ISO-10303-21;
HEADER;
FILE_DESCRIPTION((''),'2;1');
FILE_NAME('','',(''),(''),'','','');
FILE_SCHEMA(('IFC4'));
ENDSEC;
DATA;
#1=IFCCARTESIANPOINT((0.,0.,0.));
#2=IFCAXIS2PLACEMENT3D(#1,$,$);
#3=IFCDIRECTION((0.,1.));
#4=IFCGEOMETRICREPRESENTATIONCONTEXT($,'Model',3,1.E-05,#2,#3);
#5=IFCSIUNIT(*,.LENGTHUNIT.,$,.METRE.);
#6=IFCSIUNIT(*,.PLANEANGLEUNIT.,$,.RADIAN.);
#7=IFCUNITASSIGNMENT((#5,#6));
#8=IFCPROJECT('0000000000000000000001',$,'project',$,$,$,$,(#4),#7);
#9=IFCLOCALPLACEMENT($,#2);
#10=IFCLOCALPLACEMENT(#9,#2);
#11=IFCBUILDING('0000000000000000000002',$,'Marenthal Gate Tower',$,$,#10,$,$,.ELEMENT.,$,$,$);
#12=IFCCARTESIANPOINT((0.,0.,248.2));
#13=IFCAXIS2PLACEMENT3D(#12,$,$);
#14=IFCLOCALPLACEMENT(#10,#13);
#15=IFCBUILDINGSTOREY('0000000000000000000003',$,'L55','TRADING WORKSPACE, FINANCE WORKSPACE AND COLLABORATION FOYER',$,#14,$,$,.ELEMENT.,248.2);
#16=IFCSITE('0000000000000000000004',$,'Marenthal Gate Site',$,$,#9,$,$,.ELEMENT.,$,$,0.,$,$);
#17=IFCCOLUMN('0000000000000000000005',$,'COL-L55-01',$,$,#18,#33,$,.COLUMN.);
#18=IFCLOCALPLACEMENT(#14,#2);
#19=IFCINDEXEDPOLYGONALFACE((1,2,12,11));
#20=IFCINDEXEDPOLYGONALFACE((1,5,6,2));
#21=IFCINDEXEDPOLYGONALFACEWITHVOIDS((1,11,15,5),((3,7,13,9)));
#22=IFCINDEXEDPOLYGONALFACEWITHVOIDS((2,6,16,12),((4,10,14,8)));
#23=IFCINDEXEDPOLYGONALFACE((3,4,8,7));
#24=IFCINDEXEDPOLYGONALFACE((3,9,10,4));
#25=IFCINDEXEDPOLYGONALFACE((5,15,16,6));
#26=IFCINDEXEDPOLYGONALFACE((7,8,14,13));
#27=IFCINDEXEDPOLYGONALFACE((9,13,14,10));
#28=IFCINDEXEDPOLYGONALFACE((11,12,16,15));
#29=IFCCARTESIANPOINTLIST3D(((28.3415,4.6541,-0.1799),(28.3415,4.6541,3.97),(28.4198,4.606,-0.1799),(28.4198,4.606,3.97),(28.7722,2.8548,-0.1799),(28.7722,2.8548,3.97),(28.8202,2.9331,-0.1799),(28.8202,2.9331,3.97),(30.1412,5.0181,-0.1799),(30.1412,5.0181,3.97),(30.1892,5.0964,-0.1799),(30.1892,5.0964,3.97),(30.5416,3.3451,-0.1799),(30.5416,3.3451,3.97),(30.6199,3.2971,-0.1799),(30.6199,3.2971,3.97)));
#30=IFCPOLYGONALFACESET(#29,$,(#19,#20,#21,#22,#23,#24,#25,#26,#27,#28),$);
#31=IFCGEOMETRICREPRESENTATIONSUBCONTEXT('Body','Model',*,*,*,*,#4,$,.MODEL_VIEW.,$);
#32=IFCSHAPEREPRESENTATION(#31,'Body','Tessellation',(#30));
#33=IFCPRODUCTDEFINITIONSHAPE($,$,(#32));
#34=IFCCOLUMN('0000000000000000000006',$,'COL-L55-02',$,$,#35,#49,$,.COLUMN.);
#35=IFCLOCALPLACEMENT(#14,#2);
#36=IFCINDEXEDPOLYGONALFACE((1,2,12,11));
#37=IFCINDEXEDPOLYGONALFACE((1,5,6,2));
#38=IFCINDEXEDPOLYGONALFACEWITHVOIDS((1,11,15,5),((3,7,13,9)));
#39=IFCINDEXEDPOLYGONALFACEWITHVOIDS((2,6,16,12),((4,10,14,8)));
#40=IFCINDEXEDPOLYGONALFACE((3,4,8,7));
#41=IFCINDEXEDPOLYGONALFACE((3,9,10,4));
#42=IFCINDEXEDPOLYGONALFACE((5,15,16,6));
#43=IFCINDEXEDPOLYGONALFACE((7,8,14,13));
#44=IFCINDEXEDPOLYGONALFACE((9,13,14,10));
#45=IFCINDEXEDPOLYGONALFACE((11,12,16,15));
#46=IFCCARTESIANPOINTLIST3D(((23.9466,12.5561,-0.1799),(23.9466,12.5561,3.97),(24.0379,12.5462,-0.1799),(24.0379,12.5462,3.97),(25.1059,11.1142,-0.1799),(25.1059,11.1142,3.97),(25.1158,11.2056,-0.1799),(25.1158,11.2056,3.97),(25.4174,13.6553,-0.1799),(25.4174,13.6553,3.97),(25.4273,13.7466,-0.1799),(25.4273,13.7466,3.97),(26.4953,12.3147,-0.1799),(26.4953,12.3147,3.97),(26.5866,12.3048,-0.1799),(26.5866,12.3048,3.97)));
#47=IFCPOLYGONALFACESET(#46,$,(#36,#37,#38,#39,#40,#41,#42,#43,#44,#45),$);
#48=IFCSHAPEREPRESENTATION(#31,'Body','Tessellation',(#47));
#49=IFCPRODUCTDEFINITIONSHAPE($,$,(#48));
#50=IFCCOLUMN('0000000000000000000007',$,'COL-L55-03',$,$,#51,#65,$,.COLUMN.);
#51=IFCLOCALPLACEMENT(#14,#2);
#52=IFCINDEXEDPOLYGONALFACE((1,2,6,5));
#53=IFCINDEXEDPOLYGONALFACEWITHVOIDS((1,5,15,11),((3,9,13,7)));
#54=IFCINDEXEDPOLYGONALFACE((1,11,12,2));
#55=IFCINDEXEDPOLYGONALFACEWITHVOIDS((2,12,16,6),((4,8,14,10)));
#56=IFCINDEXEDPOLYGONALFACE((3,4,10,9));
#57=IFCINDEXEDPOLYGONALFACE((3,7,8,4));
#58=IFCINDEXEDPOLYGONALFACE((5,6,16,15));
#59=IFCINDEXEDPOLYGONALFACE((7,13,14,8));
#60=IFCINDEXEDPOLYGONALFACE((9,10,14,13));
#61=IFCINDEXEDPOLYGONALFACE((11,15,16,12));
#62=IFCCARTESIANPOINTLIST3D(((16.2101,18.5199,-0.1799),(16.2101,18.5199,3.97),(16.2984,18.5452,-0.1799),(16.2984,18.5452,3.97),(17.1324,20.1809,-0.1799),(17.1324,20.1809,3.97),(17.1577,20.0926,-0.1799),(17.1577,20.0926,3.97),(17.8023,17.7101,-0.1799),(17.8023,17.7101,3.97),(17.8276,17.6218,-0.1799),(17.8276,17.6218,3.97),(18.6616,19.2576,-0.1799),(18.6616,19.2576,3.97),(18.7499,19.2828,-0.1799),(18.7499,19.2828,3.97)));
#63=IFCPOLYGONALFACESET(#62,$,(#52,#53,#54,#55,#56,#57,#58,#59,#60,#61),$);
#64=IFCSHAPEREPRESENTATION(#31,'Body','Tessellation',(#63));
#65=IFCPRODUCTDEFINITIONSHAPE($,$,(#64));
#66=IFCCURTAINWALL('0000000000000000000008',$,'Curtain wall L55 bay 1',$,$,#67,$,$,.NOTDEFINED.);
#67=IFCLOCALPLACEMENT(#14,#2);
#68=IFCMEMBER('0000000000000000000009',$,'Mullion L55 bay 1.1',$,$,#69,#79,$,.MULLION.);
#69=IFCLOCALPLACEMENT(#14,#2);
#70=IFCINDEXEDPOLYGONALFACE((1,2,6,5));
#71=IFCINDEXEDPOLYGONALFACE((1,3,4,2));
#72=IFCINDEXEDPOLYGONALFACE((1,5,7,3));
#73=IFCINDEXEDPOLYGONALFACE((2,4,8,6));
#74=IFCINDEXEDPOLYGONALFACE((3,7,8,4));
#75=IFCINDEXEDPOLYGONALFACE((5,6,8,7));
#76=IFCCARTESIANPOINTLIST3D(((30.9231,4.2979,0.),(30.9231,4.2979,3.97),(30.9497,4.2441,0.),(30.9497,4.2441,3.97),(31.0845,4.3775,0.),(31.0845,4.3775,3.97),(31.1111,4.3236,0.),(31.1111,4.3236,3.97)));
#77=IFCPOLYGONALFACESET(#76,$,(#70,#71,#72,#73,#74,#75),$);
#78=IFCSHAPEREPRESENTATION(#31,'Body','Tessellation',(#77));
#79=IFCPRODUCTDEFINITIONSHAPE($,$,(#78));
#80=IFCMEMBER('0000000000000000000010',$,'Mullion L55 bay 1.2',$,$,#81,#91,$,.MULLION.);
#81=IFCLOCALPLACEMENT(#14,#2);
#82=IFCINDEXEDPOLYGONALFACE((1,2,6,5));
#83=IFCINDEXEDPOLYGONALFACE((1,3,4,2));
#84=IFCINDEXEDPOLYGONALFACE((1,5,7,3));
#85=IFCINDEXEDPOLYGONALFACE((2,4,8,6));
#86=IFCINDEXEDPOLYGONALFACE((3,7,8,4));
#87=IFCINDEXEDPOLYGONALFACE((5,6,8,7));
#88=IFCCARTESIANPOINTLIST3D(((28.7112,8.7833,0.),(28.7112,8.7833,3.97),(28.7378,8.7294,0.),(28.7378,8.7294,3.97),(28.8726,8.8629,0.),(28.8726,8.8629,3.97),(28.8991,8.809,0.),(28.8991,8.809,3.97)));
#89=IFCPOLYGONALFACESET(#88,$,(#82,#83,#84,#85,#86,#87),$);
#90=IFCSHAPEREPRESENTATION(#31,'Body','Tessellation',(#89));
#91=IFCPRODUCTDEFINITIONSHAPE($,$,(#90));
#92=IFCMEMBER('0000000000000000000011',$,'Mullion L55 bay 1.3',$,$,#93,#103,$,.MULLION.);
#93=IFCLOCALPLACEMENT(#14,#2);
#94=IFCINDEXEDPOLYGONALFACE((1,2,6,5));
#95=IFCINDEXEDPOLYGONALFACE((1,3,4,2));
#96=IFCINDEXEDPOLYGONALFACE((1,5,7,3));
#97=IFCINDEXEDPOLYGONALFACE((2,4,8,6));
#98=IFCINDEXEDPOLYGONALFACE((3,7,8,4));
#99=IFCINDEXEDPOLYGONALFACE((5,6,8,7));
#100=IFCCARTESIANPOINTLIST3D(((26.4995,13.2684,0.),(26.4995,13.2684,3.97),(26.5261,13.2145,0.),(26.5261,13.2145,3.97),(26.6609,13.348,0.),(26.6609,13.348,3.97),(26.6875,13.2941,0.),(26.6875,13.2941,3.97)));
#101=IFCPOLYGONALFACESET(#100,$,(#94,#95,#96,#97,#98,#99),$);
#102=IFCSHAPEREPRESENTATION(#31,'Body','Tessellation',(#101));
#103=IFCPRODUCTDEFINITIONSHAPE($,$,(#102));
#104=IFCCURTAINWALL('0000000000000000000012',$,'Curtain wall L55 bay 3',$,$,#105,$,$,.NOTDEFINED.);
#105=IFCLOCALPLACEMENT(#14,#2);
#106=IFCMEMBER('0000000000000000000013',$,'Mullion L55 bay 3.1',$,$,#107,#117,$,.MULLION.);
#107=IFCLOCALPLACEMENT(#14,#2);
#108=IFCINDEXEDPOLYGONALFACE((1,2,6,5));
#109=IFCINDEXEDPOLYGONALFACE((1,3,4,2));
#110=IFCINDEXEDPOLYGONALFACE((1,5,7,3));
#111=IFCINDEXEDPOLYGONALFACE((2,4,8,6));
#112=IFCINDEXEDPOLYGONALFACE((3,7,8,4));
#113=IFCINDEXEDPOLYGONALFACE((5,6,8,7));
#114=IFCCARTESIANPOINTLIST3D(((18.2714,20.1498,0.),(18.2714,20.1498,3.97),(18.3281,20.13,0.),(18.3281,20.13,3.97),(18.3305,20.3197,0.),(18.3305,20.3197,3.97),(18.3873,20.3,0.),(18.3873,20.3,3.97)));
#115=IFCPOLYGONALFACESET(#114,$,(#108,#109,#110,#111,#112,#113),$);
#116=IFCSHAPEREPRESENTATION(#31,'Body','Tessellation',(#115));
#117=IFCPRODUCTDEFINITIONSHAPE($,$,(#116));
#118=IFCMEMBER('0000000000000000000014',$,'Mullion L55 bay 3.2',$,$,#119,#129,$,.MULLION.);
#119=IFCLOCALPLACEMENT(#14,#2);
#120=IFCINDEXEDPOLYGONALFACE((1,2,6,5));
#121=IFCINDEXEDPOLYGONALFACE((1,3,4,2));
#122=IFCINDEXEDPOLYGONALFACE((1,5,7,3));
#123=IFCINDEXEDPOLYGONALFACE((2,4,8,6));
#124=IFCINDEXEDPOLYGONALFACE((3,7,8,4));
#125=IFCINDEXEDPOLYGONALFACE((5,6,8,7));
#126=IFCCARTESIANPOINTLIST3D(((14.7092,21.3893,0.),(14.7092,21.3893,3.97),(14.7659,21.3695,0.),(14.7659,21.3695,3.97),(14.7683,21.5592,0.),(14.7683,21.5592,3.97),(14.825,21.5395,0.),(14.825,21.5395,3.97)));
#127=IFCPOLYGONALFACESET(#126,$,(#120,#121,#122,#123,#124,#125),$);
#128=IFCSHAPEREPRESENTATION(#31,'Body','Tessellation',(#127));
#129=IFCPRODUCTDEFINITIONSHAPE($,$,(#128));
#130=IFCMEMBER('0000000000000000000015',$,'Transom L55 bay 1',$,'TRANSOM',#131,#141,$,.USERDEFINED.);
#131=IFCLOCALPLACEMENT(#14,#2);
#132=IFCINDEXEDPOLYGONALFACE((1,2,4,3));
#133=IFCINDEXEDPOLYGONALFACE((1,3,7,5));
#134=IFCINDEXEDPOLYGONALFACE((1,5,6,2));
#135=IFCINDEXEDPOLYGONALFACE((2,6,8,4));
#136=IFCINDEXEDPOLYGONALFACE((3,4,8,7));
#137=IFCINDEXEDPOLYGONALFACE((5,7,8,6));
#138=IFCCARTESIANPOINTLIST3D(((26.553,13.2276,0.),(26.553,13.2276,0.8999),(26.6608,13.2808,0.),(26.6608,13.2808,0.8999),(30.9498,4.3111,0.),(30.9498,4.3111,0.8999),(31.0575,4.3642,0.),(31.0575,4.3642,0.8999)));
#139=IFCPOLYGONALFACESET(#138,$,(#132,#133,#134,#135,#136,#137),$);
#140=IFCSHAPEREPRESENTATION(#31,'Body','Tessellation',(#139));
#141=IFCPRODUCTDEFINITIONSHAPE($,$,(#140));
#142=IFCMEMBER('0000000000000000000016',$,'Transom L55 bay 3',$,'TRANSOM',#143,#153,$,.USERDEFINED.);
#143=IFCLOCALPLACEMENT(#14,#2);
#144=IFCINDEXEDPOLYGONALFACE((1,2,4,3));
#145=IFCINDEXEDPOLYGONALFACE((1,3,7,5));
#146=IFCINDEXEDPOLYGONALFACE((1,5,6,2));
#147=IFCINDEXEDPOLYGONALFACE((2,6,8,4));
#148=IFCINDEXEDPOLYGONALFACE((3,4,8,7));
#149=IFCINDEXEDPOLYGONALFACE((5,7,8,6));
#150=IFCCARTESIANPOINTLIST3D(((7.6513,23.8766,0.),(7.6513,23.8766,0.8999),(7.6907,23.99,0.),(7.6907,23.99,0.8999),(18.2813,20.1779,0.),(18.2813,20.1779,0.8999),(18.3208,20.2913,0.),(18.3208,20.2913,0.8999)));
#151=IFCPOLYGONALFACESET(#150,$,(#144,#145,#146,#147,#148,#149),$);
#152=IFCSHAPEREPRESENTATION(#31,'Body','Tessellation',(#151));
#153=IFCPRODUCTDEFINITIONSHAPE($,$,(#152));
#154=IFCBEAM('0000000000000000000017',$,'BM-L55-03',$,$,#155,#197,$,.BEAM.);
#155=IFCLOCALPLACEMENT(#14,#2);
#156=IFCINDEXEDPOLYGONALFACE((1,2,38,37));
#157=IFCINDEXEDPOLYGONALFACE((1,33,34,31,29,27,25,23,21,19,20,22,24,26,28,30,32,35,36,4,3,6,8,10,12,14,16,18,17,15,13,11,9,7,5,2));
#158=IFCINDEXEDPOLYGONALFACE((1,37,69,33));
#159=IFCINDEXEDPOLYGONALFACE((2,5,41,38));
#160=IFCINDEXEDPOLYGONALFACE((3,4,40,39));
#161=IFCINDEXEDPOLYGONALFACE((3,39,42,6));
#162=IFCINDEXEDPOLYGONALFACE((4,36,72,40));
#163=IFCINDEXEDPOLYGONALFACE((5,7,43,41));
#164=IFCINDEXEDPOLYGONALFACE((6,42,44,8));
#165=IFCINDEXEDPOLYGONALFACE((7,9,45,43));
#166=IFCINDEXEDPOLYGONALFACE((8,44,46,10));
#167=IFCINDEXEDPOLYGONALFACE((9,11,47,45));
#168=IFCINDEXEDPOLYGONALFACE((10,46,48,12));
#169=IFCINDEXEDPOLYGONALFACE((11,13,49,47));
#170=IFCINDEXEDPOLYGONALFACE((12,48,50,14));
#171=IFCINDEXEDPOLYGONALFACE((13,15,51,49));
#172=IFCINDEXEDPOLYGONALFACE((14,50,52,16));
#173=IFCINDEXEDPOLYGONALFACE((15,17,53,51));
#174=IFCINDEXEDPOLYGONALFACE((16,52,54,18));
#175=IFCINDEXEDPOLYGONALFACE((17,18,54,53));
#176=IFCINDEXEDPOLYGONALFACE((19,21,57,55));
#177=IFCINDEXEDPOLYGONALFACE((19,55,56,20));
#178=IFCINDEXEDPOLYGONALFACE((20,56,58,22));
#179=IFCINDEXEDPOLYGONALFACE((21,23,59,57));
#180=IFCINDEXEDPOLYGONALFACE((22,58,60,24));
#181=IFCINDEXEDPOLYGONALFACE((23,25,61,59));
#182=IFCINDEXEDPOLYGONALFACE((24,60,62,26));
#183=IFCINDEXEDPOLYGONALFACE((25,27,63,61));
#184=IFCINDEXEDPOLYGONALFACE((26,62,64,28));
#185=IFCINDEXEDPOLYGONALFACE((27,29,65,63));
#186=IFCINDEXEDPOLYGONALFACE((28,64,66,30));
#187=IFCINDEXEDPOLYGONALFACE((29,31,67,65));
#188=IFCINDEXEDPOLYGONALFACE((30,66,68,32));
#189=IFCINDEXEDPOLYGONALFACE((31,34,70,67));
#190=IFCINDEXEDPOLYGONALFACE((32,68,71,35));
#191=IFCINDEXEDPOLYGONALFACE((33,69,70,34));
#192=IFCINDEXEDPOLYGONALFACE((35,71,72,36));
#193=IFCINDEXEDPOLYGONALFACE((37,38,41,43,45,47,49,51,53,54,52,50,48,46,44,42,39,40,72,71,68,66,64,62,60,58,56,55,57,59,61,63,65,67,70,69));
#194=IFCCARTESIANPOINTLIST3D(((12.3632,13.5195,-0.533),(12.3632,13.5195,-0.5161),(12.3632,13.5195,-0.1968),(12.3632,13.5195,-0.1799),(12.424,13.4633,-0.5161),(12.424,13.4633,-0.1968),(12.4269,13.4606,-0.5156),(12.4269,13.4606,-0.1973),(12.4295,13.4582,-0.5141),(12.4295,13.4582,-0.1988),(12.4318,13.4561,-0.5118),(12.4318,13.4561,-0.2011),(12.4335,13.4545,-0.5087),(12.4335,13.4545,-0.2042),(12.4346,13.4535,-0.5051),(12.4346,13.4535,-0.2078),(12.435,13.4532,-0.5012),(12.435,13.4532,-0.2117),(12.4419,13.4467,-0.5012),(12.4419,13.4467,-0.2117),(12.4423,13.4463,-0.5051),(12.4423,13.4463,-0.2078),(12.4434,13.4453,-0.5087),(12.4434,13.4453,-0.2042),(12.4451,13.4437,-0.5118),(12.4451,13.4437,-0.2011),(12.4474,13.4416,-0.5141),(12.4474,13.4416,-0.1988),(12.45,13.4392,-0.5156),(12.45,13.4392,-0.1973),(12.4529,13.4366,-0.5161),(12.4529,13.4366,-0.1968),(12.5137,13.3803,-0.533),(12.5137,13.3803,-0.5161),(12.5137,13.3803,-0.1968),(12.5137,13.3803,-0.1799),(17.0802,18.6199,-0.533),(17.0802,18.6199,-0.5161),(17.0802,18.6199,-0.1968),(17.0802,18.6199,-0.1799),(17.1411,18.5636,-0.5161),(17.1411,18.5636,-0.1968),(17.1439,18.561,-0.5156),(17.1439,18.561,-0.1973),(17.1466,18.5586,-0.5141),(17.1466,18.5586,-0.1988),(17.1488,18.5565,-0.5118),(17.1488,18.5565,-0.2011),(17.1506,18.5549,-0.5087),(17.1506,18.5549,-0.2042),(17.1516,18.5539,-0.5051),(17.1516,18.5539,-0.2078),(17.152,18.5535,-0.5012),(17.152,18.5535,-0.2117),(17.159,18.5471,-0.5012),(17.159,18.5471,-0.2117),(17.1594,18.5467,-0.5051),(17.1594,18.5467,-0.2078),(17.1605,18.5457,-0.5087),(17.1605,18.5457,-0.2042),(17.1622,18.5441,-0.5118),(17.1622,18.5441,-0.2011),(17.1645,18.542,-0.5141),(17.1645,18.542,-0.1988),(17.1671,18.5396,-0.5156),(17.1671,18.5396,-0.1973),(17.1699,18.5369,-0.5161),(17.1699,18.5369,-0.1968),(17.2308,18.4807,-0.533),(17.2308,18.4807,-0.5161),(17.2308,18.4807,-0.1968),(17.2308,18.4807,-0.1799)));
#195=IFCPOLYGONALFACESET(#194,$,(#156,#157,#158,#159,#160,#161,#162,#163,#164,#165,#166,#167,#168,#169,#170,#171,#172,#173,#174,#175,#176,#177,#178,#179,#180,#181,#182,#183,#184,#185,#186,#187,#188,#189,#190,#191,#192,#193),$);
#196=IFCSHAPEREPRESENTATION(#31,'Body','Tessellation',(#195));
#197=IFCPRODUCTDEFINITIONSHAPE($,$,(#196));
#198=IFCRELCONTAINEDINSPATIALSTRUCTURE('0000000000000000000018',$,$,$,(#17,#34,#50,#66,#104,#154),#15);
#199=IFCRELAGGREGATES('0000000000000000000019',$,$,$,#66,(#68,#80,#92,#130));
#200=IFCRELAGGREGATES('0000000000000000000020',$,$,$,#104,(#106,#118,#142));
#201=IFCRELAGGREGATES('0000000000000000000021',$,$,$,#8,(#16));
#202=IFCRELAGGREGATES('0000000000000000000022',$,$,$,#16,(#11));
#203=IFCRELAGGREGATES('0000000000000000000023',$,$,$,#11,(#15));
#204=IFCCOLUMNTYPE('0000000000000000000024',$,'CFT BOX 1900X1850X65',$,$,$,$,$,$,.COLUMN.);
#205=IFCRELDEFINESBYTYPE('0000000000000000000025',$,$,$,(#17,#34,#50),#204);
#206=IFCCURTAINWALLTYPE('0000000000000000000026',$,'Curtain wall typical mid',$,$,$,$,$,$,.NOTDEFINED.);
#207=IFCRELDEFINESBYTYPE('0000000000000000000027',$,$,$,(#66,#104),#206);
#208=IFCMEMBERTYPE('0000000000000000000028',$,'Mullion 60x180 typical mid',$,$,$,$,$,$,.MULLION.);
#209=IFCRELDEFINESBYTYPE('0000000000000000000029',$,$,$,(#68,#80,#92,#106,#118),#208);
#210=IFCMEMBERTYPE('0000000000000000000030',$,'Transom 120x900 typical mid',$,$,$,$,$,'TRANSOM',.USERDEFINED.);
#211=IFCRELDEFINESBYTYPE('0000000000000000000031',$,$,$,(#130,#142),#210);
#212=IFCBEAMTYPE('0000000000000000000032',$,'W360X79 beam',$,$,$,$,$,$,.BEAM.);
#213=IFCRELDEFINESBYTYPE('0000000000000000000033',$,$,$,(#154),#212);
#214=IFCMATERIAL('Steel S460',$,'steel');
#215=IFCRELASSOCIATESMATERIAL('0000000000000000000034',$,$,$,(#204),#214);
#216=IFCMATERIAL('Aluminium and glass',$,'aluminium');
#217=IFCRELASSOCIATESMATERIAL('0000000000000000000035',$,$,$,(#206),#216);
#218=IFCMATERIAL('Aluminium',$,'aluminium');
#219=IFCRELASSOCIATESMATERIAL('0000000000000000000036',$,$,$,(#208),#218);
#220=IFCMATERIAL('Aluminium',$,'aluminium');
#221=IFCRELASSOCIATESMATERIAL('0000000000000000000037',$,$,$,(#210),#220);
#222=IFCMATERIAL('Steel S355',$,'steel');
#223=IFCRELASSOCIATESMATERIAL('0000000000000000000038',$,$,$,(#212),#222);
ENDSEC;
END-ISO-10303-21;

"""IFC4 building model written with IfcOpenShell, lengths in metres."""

from ifc_helpers import new_model, si_unit, direction, frame, origin, origin_2d, place, context, subcontext, project, spatial, rectangle, hollow_rectangle, i_section, extrude, material, material_profile, profile_set, type_object, element, aggregate, save


model = new_model("IFC4")

# Units and contexts
model_context = context("Model", 3, precision=1e-05, world=origin(), true_north=direction((0.0, 1.0)))
body_context = subcontext(model_context, "Body", "Model", "MODEL_VIEW")
ifc_project = project(units=[si_unit("LENGTHUNIT", "METRE"), si_unit("PLANEANGLEUNIT", "RADIAN")], contexts=[model_context])

# Site, building, storey
site_placement = place(None, origin())
site = spatial("IfcSite", under=ifc_project, at=site_placement, Name="Marenthal Gate Site", CompositionType="ELEMENT", RefElevation=0.0)
building_placement = place(site_placement, origin())
building = spatial("IfcBuilding", under=site, at=building_placement, Name="Marenthal Gate Tower", CompositionType="ELEMENT")
storey_placement = place(building_placement, frame((0.0, 0.0, 248.2)))
storey = spatial("IfcBuildingStorey", under=building, at=storey_placement, Name="L55", Description="TRADING WORKSPACE, FINANCE WORKSPACE AND COLLABORATION FOYER", CompositionType="ELEMENT", Elevation=248.2)

# Columns
ifc_material_1 = material(Name="Steel S460", Category="steel")
ifc_material_profile_1 = material_profile(ifc_material_1, hollow_rectangle(XDim=1.8501, YDim=1.8999, WallThickness=0.0649, at=origin_2d()), Name="CFT BOX 1900X1850X65")
ifc_material_2 = material(Name="Concrete 70 MPa", Category="concrete")
ifc_material_profile_2 = material_profile(ifc_material_2, rectangle(XDim=1.72, YDim=1.77, at=origin_2d()), Name="CFT BOX 1900X1850X65 INFILL")
ifc_profile_set_1 = profile_set([ifc_material_profile_1, ifc_material_profile_2], Name="Steel S460 shell, Concrete 70 MPa infill")
column_type = type_object("IfcColumnType", Name="CFT BOX 1900X1850X65", PredefinedType="COLUMN", material=ifc_profile_set_1)
for number, where, z_axis, x_axis, name in (
    (1, (29.4807, 3.9756, -0.1799), (0.0, 0.0, 1.0), (0.232783, -0.972529, 0.0), "COL-L55-01"),
    (2, (25.2666, 12.4304, -0.1799), (0.0, 0.0, 1.0), (0.626615, -0.779329, 0.0), "COL-L55-02"),
    (3, (17.48, 18.9014, -0.1799), (0.0, 0.0, 1.0), (0.874262, -0.485454, 0.0), "COL-L55-03"),
):
    element("IfcColumn", number, at=place(storey_placement, frame(where, z_axis=z_axis, x_axis=x_axis)), inside=storey, type_object=column_type, Name=name, PredefinedType="COLUMN", context=body_context, shape_type="SweptSolid", body=[
        extrude(hollow_rectangle(XDim=1.8501, YDim=1.8999, WallThickness=0.0649, at=origin_2d()), origin(), (0.0, 0.0, 1.0), 4.1499),
    ])

# Curtain walls, members
ifc_material_3 = material(Name="Aluminium and glass", Category="aluminium")
curtain_wall_type = type_object("IfcCurtainWallType", Name="Curtain wall typical mid", PredefinedType="NOTDEFINED", material=ifc_material_3)
curtain_wall_1_placement = place(storey_placement, origin())
curtain_wall_1 = element("IfcCurtainWall", 4, at=curtain_wall_1_placement, inside=storey, type_object=curtain_wall_type, Name="Curtain wall L55 bay 1", PredefinedType="NOTDEFINED")
ifc_material_4 = material(Name="Aluminium", Category="aluminium")
ifc_material_profile_3 = material_profile(ifc_material_4, rectangle(XDim=0.1799, YDim=0.0601, at=origin_2d()), Name="60x180 aluminium mullion")
ifc_profile_set_2 = profile_set([ifc_material_profile_3], Name="Aluminium")
member_type_1 = type_object("IfcMemberType", Name="Mullion 60x180 typical mid", PredefinedType="MULLION", material=ifc_profile_set_2)
member_1_placement = place(storey_placement, frame((31.0171, 4.3108, 0.0), z_axis=(0.0, 0.0, 1.0), x_axis=(-0.896882, -0.442269, 0.0)))
member_1 = element("IfcMember", 5, at=member_1_placement, type_object=member_type_1, Name="Mullion L55 bay 1.1", PredefinedType="MULLION", context=body_context, shape_type="SweptSolid", body=[
    extrude(rectangle(XDim=0.1799, YDim=0.0601, at=origin_2d()), origin(), (0.0, 0.0, 1.0), 3.97),
])
member_2_placement = place(storey_placement, frame((28.8052, 8.7961, 0.0), z_axis=(0.0, 0.0, 1.0), x_axis=(-0.896882, -0.442269, 0.0)))
member_2 = element("IfcMember", 6, at=member_2_placement, type_object=member_type_1, Name="Mullion L55 bay 1.2", PredefinedType="MULLION", context=body_context, shape_type="SweptSolid", body=[
    extrude(rectangle(XDim=0.1799, YDim=0.0601, at=origin_2d()), origin(), (0.0, 0.0, 1.0), 3.97),
])
member_3_placement = place(storey_placement, frame((26.5935, 13.2812, 0.0), z_axis=(0.0, 0.0, 1.0), x_axis=(-0.896882, -0.442269, 0.0)))
member_3 = element("IfcMember", 7, at=member_3_placement, type_object=member_type_1, Name="Mullion L55 bay 1.3", PredefinedType="MULLION", context=body_context, shape_type="SweptSolid", body=[
    extrude(rectangle(XDim=0.1799, YDim=0.0601, at=origin_2d()), origin(), (0.0, 0.0, 1.0), 3.97),
])
curtain_wall_2_placement = place(storey_placement, origin())
curtain_wall_2 = element("IfcCurtainWall", 8, at=curtain_wall_2_placement, inside=storey, type_object=curtain_wall_type, Name="Curtain wall L55 bay 3", PredefinedType="NOTDEFINED")
member_4_placement = place(storey_placement, frame((18.3293, 20.2249, 0.0), z_axis=(0.0, 0.0, 1.0), x_axis=(-0.328612, -0.944465, 0.0)))
member_4 = element("IfcMember", 9, at=member_4_placement, type_object=member_type_1, Name="Mullion L55 bay 3.1", PredefinedType="MULLION", context=body_context, shape_type="SweptSolid", body=[
    extrude(rectangle(XDim=0.1799, YDim=0.0601, at=origin_2d()), origin(), (0.0, 0.0, 1.0), 3.97),
])
member_5_placement = place(storey_placement, frame((14.7671, 21.4644, 0.0), z_axis=(0.0, 0.0, 1.0), x_axis=(-0.328612, -0.944465, 0.0)))
member_5 = element("IfcMember", 10, at=member_5_placement, type_object=member_type_1, Name="Mullion L55 bay 3.2", PredefinedType="MULLION", context=body_context, shape_type="SweptSolid", body=[
    extrude(rectangle(XDim=0.1799, YDim=0.0601, at=origin_2d()), origin(), (0.0, 0.0, 1.0), 3.97),
])

# Members
ifc_material_5 = material(Name="Aluminium", Category="aluminium")
ifc_material_profile_4 = material_profile(ifc_material_5, rectangle(XDim=0.1201, YDim=0.8999, at=origin_2d()), Name="120x900 aluminium transom")
ifc_profile_set_3 = profile_set([ifc_material_profile_4], Name="Aluminium")
member_type_2 = type_object("IfcMemberType", Name="Transom 120x900 typical mid", ElementType="TRANSOM", PredefinedType="USERDEFINED", material=ifc_profile_set_3)
member_6_placement = place(storey_placement, frame((31.0037, 4.3376, 0.45), z_axis=(-0.442256, 0.896889, 0.0), x_axis=(-0.896889, -0.442256, 0.0)))
member_6 = element("IfcMember", 11, at=member_6_placement, type_object=member_type_2, Name="Transom L55 bay 1", ObjectType="TRANSOM", PredefinedType="USERDEFINED", context=body_context, shape_type="SweptSolid", body=[
    extrude(rectangle(XDim=0.1201, YDim=0.8999, at=origin_2d()), origin(), (0.0, 0.0, 1.0), 9.9417),
])
member_7_placement = place(storey_placement, frame((18.301, 20.2346, 0.45), z_axis=(-0.944461, 0.328623, 0.0), x_axis=(-0.328623, -0.944461, 0.0)))
member_7 = element("IfcMember", 12, at=member_7_placement, type_object=member_type_2, Name="Transom L55 bay 3", ObjectType="TRANSOM", PredefinedType="USERDEFINED", context=body_context, shape_type="SweptSolid", body=[
    extrude(rectangle(XDim=0.1201, YDim=0.8999, at=origin_2d()), origin(), (0.0, 0.0, 1.0), 11.2551),
])

# Beam
ifc_material_6 = material(Name="Steel S355", Category="steel")
ifc_material_profile_5 = material_profile(ifc_material_6, i_section(OverallWidth=0.2051, OverallDepth=0.353, WebThickness=0.0095, FlangeThickness=0.0168, FilletRadius=0.0149, at=origin_2d()), Name="W360X79")
ifc_profile_set_4 = profile_set([ifc_material_profile_5], Name="Steel S355")
beam_type_1 = type_object("IfcBeamType", Name="W360X79 beam", PredefinedType="BEAM", material=ifc_profile_set_4)
beam_1_placement = place(storey_placement, frame((17.1555, 18.5503, -0.3564), z_axis=(-0.678982, -0.734155, 0.0), x_axis=(0.734155, -0.678982, 0.0)))
element("IfcBeam", 13, at=beam_1_placement, inside=storey, type_object=beam_type_1, Name="BM-L55-03", PredefinedType="BEAM", context=body_context, shape_type="SweptSolid", body=[
    extrude(i_section(OverallWidth=0.2051, OverallDepth=0.353, WebThickness=0.0095, FlangeThickness=0.0168, FilletRadius=0.0149, at=origin_2d()), origin(), (0.0, 0.0, 1.0), 6.9473),
])

aggregate(curtain_wall_1, [member_1, member_2, member_3, member_6])
aggregate(curtain_wall_2, [member_4, member_5, member_7])

save(model, "model.ifc")
